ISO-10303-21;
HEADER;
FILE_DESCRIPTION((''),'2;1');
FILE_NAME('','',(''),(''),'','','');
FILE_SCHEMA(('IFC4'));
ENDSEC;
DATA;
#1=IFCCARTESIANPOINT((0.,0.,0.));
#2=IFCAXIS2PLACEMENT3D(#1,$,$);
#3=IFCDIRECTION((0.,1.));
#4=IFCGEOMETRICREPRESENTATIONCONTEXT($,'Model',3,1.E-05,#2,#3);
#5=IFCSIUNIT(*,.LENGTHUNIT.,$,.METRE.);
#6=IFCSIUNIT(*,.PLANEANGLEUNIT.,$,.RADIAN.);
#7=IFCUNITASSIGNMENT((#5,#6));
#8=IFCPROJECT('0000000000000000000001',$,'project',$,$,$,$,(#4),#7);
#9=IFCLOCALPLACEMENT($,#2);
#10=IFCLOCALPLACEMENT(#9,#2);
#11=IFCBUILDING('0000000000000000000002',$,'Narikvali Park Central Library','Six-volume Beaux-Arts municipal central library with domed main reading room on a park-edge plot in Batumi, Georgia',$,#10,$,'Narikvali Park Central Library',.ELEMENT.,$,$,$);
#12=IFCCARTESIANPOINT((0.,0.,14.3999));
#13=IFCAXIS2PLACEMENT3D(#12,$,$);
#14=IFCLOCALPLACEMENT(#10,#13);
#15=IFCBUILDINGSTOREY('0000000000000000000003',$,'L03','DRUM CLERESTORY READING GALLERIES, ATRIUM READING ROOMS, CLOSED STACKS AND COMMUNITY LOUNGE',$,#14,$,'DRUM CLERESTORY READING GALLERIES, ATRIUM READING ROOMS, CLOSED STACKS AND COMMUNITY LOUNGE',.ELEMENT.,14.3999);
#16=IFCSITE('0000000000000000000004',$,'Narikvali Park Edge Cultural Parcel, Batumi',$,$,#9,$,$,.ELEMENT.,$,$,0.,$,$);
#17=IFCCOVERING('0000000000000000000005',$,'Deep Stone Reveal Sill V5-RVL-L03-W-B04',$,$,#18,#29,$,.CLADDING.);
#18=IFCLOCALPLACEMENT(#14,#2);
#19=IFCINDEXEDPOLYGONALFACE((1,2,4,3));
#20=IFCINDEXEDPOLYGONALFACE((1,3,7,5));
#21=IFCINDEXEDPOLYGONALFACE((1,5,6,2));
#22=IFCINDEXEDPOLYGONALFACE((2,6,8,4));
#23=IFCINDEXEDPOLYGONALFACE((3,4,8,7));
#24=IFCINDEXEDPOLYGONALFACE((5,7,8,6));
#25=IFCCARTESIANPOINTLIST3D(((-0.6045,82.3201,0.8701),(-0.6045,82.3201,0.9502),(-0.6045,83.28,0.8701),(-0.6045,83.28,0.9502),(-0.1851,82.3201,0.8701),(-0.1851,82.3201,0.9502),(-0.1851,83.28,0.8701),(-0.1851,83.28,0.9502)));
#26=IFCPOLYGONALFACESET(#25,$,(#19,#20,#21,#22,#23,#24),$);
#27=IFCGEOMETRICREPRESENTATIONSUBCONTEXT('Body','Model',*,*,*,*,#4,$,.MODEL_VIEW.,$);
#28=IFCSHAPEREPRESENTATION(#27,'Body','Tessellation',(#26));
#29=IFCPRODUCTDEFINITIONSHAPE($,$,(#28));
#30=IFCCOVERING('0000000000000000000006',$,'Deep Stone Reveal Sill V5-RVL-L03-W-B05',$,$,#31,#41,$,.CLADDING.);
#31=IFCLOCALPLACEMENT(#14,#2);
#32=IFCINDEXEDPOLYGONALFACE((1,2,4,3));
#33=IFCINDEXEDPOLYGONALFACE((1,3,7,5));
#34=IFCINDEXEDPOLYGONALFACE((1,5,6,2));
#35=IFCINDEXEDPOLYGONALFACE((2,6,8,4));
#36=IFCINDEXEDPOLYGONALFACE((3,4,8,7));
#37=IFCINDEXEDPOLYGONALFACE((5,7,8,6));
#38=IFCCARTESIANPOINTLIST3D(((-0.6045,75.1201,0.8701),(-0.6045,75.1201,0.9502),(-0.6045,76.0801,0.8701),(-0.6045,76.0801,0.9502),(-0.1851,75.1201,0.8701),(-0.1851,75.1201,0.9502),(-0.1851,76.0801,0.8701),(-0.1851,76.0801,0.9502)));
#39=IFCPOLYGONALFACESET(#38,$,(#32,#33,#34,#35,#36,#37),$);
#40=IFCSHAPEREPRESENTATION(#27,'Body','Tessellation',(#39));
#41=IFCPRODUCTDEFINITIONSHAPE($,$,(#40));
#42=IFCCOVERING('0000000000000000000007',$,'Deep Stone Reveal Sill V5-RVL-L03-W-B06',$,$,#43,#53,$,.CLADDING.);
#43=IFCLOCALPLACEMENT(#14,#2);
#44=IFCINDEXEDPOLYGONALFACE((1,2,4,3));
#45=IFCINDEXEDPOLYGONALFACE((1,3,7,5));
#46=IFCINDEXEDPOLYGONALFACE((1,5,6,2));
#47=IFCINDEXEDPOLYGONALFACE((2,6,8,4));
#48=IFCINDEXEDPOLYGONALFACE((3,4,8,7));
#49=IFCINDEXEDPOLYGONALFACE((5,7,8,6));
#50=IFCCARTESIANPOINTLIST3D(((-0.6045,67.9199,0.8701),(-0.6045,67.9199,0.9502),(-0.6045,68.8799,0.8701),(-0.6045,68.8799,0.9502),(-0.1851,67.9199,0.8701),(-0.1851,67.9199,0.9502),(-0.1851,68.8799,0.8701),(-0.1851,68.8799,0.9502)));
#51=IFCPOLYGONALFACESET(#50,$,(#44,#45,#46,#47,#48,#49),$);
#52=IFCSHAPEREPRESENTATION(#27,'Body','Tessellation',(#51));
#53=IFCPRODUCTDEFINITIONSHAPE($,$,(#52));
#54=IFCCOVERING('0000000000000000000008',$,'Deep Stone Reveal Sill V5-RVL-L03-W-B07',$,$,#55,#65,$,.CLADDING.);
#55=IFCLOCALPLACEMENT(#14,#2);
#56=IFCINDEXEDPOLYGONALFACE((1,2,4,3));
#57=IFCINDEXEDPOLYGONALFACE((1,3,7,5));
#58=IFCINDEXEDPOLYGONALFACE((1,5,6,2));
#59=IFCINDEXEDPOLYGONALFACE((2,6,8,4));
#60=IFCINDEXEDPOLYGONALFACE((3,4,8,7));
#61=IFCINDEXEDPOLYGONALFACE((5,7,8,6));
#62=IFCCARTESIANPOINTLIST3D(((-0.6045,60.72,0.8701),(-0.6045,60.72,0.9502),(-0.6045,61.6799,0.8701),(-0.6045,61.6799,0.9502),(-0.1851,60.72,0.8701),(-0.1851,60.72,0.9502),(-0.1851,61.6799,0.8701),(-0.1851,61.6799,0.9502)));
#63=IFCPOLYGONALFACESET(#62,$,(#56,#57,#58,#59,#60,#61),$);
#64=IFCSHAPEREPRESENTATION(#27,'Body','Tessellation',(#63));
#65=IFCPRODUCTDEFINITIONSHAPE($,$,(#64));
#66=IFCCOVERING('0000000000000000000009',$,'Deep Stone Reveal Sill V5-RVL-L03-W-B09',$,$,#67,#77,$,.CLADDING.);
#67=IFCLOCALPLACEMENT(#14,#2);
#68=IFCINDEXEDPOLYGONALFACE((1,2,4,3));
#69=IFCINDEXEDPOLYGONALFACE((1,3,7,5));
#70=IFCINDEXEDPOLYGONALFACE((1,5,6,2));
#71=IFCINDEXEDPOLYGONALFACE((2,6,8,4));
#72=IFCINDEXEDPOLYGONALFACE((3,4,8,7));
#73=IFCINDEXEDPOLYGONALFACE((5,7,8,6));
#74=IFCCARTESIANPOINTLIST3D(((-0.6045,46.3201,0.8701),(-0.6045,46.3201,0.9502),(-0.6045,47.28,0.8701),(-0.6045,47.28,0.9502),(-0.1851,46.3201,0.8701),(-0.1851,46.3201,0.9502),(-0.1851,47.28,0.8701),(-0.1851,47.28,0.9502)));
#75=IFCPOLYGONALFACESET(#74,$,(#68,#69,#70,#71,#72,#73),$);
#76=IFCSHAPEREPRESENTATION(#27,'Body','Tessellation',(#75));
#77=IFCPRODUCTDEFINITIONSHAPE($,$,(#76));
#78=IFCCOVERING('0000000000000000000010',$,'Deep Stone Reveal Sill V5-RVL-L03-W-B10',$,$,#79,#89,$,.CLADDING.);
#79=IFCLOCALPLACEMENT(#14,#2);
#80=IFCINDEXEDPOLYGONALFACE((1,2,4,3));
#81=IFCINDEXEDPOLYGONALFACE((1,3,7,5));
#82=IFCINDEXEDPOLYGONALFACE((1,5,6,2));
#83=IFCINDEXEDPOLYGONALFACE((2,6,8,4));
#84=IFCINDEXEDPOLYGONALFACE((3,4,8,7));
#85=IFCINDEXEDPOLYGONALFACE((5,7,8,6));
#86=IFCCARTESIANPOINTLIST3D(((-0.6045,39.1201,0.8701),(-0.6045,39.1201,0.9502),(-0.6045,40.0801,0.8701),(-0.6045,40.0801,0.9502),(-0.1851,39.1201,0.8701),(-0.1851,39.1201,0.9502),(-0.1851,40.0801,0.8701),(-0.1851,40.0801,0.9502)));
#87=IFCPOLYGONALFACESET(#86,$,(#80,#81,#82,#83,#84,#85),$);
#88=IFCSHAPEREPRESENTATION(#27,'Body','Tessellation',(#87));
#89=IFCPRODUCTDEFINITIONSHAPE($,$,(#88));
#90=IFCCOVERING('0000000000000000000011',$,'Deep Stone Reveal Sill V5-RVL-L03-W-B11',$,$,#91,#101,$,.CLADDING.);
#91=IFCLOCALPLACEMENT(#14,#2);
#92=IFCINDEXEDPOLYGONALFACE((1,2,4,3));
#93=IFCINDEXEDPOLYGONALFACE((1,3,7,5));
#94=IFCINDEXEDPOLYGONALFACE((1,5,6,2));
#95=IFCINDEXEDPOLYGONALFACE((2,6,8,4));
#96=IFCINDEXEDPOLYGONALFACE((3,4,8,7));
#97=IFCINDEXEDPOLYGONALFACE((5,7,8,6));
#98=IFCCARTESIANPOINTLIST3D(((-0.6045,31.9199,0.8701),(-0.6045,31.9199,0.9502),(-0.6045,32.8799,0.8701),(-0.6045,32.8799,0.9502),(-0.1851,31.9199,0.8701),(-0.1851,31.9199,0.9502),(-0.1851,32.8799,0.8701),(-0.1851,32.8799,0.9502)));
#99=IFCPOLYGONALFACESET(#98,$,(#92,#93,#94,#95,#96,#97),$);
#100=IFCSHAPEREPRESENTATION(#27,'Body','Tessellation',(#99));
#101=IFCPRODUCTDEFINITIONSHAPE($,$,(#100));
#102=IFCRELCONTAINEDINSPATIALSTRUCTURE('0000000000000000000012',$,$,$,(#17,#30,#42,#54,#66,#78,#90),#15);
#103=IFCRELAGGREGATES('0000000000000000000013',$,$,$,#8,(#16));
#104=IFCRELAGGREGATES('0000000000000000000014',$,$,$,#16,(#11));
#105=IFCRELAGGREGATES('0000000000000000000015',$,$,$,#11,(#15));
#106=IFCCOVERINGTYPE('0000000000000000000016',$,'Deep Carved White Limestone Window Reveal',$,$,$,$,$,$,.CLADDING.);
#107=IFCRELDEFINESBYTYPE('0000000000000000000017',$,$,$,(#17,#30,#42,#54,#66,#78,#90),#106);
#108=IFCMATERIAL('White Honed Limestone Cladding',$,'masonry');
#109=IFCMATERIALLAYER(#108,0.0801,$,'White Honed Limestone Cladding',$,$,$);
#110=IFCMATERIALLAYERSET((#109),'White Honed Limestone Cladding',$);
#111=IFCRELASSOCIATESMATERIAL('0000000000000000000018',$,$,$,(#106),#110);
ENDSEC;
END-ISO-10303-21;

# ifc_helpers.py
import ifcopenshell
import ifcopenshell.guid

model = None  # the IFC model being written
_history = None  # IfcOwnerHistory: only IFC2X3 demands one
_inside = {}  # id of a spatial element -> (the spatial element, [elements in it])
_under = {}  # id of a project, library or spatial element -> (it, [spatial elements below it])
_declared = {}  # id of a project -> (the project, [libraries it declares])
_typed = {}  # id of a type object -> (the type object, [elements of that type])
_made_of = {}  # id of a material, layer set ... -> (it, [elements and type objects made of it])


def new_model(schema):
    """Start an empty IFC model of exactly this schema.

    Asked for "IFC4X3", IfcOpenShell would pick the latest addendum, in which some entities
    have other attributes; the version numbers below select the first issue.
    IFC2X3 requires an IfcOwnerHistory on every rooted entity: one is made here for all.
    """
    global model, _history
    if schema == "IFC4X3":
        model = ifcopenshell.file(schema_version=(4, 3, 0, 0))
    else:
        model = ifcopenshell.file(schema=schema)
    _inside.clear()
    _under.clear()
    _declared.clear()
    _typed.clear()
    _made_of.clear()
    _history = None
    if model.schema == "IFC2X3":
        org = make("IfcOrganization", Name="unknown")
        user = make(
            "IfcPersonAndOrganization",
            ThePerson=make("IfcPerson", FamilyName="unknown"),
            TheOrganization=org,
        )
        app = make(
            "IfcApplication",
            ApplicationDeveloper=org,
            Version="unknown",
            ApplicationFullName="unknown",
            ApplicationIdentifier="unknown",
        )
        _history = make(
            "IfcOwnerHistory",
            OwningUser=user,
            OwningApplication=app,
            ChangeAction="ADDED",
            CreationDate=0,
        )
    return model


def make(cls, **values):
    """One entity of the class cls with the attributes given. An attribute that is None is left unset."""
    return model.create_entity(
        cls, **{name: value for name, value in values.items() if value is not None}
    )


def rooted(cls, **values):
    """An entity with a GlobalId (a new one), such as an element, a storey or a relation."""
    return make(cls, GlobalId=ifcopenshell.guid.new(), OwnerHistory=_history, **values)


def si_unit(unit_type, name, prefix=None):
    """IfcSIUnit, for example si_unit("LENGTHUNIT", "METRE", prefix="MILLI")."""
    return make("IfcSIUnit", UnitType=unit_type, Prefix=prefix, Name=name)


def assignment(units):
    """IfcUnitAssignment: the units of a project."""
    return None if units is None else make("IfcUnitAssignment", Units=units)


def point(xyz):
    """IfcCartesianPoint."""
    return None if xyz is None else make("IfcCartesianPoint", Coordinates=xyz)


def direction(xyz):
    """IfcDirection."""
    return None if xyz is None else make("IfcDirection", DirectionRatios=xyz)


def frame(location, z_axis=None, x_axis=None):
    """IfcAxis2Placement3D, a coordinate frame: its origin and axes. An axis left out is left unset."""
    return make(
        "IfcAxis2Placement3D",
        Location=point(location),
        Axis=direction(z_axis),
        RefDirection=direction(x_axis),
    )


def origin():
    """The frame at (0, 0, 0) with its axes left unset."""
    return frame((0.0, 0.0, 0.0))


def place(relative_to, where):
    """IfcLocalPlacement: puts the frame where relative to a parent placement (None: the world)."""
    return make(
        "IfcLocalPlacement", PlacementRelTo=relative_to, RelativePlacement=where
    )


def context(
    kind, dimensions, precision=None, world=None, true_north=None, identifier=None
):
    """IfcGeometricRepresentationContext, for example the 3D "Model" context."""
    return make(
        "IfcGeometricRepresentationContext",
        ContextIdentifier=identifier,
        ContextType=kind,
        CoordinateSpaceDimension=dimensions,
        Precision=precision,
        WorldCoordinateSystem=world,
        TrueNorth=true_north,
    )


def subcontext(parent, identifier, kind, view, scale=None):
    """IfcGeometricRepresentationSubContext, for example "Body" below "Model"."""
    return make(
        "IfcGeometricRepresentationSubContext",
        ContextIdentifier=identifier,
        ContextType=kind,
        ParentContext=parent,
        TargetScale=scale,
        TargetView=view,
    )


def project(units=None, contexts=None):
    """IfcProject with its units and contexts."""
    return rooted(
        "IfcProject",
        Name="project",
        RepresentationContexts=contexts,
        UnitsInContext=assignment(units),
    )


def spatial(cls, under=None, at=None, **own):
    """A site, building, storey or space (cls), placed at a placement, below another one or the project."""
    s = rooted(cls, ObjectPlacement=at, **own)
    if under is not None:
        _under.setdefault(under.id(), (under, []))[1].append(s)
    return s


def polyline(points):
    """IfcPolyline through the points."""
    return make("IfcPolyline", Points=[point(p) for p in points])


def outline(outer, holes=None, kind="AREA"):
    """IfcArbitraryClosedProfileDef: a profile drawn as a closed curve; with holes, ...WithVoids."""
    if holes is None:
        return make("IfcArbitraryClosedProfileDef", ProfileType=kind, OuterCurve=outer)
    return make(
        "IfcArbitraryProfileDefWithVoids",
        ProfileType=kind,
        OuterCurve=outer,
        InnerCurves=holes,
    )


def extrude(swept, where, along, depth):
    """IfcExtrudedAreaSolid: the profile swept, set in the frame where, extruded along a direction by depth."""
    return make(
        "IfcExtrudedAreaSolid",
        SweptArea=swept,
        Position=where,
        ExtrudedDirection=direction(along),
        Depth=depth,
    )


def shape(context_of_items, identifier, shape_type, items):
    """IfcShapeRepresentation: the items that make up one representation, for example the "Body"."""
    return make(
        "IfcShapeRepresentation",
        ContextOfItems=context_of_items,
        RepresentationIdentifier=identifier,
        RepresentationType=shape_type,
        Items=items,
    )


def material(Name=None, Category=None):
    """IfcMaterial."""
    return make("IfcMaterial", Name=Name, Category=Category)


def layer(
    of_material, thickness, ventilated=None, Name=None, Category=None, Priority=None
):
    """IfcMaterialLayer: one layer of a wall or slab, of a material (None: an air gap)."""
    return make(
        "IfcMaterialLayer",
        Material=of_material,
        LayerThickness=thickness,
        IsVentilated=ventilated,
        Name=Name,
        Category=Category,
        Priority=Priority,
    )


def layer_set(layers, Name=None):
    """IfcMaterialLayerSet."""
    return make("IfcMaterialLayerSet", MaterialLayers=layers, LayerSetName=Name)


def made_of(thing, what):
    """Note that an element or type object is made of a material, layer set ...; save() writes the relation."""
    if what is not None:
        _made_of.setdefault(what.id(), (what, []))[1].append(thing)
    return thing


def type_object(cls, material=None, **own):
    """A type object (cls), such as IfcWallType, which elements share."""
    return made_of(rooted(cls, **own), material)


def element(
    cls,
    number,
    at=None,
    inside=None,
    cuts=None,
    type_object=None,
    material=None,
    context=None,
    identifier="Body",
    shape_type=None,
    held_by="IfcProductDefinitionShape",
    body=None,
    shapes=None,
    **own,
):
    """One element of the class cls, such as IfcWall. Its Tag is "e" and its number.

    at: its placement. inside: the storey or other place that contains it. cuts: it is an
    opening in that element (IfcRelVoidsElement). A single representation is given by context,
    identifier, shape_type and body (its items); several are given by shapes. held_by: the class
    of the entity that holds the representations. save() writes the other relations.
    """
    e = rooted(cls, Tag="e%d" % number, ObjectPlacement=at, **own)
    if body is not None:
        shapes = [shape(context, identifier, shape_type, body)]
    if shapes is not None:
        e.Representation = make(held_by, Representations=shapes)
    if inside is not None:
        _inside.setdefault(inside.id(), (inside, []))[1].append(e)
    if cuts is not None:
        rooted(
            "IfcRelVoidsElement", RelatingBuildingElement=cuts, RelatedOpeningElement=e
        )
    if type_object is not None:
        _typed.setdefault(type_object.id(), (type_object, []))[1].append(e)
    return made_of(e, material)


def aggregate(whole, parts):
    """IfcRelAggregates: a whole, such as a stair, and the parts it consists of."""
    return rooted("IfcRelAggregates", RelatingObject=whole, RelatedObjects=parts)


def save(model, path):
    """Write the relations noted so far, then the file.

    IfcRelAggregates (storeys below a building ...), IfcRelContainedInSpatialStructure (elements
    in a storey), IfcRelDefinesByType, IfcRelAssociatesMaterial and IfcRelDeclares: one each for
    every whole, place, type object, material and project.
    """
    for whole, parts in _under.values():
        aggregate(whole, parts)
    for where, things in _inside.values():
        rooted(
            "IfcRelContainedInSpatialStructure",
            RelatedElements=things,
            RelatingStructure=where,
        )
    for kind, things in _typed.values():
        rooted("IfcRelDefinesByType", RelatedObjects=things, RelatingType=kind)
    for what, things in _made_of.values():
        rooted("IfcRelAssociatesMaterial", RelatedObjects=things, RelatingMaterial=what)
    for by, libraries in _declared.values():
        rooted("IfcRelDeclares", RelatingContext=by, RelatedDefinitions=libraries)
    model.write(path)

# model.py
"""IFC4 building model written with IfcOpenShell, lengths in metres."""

from ifc_helpers import new_model, si_unit, direction, frame, origin, place, context, subcontext, project, spatial, polyline, outline, extrude, material, layer, layer_set, type_object, element, save


model = new_model("IFC4")

# Units and contexts
model_context = context("Model", 3, precision=1e-05, world=origin(), true_north=direction((0.0, 1.0)))
body_context = subcontext(model_context, "Body", "Model", "MODEL_VIEW")
ifc_project = project(units=[si_unit("LENGTHUNIT", "METRE"), si_unit("PLANEANGLEUNIT", "RADIAN")], contexts=[model_context])

# Site, building, storey
site_placement = place(None, origin())
site = spatial("IfcSite", under=ifc_project, at=site_placement, Name="Narikvali Park Edge Cultural Parcel, Batumi", CompositionType="ELEMENT", RefElevation=0.0)
building_placement = place(site_placement, origin())
building = spatial("IfcBuilding", under=site, at=building_placement, Name="Narikvali Park Central Library", Description="Six-volume Beaux-Arts municipal central library with domed main reading room on a park-edge plot in Batumi, Georgia", LongName="Narikvali Park Central Library", CompositionType="ELEMENT")
storey_placement = place(building_placement, frame((0.0, 0.0, 14.3999)))
storey = spatial("IfcBuildingStorey", under=building, at=storey_placement, Name="L03", Description="DRUM CLERESTORY READING GALLERIES, ATRIUM READING ROOMS, CLOSED STACKS AND COMMUNITY LOUNGE", LongName="DRUM CLERESTORY READING GALLERIES, ATRIUM READING ROOMS, CLOSED STACKS AND COMMUNITY LOUNGE", CompositionType="ELEMENT", Elevation=14.3999)

# Coverings
ifc_material = material(Name="White Honed Limestone Cladding", Category="masonry")
ifc_layer = layer(ifc_material, 0.0801, Name="White Honed Limestone Cladding")
ifc_layer_set = layer_set([ifc_layer], Name="White Honed Limestone Cladding")
covering_type = type_object("IfcCoveringType", Name="Deep Carved White Limestone Window Reveal", PredefinedType="CLADDING", material=ifc_layer_set)
covering_1_placement = place(storey_placement, frame((0.0, 0.0, 0.8701)))
element("IfcCovering", 1, at=covering_1_placement, inside=storey, type_object=covering_type, Name="Deep Stone Reveal Sill V5-RVL-L03-W-B04", PredefinedType="CLADDING", context=body_context, shape_type="SweptSolid", body=[
    extrude(outline(polyline([(-0.1851, 83.28), (-0.1851, 82.3201), (-0.6045, 82.3201), (-0.6045, 83.28), (-0.1851, 83.28)])), origin(), (0.0, 0.0, 1.0), 0.0801),
])
covering_2_placement = place(storey_placement, frame((0.0, 0.0, 0.8701)))
element("IfcCovering", 2, at=covering_2_placement, inside=storey, type_object=covering_type, Name="Deep Stone Reveal Sill V5-RVL-L03-W-B05", PredefinedType="CLADDING", context=body_context, shape_type="SweptSolid", body=[
    extrude(outline(polyline([(-0.1851, 76.0801), (-0.1851, 75.1201), (-0.6045, 75.1201), (-0.6045, 76.0801), (-0.1851, 76.0801)])), origin(), (0.0, 0.0, 1.0), 0.0801),
])
covering_3_placement = place(storey_placement, frame((0.0, 0.0, 0.8701)))
element("IfcCovering", 3, at=covering_3_placement, inside=storey, type_object=covering_type, Name="Deep Stone Reveal Sill V5-RVL-L03-W-B06", PredefinedType="CLADDING", context=body_context, shape_type="SweptSolid", body=[
    extrude(outline(polyline([(-0.1851, 68.8799), (-0.1851, 67.9199), (-0.6045, 67.9199), (-0.6045, 68.8799), (-0.1851, 68.8799)])), origin(), (0.0, 0.0, 1.0), 0.0801),
])
covering_4_placement = place(storey_placement, frame((0.0, 0.0, 0.8701)))
element("IfcCovering", 4, at=covering_4_placement, inside=storey, type_object=covering_type, Name="Deep Stone Reveal Sill V5-RVL-L03-W-B07", PredefinedType="CLADDING", context=body_context, shape_type="SweptSolid", body=[
    extrude(outline(polyline([(-0.1851, 61.6799), (-0.1851, 60.72), (-0.6045, 60.72), (-0.6045, 61.6799), (-0.1851, 61.6799)])), origin(), (0.0, 0.0, 1.0), 0.0801),
])
covering_5_placement = place(storey_placement, frame((0.0, 0.0, 0.8701)))
element("IfcCovering", 5, at=covering_5_placement, inside=storey, type_object=covering_type, Name="Deep Stone Reveal Sill V5-RVL-L03-W-B09", PredefinedType="CLADDING", context=body_context, shape_type="SweptSolid", body=[
    extrude(outline(polyline([(-0.1851, 47.28), (-0.1851, 46.3201), (-0.6045, 46.3201), (-0.6045, 47.28), (-0.1851, 47.28)])), origin(), (0.0, 0.0, 1.0), 0.0801),
])
covering_6_placement = place(storey_placement, frame((0.0, 0.0, 0.8701)))
element("IfcCovering", 6, at=covering_6_placement, inside=storey, type_object=covering_type, Name="Deep Stone Reveal Sill V5-RVL-L03-W-B10", PredefinedType="CLADDING", context=body_context, shape_type="SweptSolid", body=[
    extrude(outline(polyline([(-0.1851, 40.0801), (-0.1851, 39.1201), (-0.6045, 39.1201), (-0.6045, 40.0801), (-0.1851, 40.0801)])), origin(), (0.0, 0.0, 1.0), 0.0801),
])
covering_7_placement = place(storey_placement, frame((0.0, 0.0, 0.8701)))
element("IfcCovering", 7, at=covering_7_placement, inside=storey, type_object=covering_type, Name="Deep Stone Reveal Sill V5-RVL-L03-W-B11", PredefinedType="CLADDING", context=body_context, shape_type="SweptSolid", body=[
    extrude(outline(polyline([(-0.1851, 32.8799), (-0.1851, 31.9199), (-0.6045, 31.9199), (-0.6045, 32.8799), (-0.1851, 32.8799)])), origin(), (0.0, 0.0, 1.0), 0.0801),
])

save(model, "model.ifc")
